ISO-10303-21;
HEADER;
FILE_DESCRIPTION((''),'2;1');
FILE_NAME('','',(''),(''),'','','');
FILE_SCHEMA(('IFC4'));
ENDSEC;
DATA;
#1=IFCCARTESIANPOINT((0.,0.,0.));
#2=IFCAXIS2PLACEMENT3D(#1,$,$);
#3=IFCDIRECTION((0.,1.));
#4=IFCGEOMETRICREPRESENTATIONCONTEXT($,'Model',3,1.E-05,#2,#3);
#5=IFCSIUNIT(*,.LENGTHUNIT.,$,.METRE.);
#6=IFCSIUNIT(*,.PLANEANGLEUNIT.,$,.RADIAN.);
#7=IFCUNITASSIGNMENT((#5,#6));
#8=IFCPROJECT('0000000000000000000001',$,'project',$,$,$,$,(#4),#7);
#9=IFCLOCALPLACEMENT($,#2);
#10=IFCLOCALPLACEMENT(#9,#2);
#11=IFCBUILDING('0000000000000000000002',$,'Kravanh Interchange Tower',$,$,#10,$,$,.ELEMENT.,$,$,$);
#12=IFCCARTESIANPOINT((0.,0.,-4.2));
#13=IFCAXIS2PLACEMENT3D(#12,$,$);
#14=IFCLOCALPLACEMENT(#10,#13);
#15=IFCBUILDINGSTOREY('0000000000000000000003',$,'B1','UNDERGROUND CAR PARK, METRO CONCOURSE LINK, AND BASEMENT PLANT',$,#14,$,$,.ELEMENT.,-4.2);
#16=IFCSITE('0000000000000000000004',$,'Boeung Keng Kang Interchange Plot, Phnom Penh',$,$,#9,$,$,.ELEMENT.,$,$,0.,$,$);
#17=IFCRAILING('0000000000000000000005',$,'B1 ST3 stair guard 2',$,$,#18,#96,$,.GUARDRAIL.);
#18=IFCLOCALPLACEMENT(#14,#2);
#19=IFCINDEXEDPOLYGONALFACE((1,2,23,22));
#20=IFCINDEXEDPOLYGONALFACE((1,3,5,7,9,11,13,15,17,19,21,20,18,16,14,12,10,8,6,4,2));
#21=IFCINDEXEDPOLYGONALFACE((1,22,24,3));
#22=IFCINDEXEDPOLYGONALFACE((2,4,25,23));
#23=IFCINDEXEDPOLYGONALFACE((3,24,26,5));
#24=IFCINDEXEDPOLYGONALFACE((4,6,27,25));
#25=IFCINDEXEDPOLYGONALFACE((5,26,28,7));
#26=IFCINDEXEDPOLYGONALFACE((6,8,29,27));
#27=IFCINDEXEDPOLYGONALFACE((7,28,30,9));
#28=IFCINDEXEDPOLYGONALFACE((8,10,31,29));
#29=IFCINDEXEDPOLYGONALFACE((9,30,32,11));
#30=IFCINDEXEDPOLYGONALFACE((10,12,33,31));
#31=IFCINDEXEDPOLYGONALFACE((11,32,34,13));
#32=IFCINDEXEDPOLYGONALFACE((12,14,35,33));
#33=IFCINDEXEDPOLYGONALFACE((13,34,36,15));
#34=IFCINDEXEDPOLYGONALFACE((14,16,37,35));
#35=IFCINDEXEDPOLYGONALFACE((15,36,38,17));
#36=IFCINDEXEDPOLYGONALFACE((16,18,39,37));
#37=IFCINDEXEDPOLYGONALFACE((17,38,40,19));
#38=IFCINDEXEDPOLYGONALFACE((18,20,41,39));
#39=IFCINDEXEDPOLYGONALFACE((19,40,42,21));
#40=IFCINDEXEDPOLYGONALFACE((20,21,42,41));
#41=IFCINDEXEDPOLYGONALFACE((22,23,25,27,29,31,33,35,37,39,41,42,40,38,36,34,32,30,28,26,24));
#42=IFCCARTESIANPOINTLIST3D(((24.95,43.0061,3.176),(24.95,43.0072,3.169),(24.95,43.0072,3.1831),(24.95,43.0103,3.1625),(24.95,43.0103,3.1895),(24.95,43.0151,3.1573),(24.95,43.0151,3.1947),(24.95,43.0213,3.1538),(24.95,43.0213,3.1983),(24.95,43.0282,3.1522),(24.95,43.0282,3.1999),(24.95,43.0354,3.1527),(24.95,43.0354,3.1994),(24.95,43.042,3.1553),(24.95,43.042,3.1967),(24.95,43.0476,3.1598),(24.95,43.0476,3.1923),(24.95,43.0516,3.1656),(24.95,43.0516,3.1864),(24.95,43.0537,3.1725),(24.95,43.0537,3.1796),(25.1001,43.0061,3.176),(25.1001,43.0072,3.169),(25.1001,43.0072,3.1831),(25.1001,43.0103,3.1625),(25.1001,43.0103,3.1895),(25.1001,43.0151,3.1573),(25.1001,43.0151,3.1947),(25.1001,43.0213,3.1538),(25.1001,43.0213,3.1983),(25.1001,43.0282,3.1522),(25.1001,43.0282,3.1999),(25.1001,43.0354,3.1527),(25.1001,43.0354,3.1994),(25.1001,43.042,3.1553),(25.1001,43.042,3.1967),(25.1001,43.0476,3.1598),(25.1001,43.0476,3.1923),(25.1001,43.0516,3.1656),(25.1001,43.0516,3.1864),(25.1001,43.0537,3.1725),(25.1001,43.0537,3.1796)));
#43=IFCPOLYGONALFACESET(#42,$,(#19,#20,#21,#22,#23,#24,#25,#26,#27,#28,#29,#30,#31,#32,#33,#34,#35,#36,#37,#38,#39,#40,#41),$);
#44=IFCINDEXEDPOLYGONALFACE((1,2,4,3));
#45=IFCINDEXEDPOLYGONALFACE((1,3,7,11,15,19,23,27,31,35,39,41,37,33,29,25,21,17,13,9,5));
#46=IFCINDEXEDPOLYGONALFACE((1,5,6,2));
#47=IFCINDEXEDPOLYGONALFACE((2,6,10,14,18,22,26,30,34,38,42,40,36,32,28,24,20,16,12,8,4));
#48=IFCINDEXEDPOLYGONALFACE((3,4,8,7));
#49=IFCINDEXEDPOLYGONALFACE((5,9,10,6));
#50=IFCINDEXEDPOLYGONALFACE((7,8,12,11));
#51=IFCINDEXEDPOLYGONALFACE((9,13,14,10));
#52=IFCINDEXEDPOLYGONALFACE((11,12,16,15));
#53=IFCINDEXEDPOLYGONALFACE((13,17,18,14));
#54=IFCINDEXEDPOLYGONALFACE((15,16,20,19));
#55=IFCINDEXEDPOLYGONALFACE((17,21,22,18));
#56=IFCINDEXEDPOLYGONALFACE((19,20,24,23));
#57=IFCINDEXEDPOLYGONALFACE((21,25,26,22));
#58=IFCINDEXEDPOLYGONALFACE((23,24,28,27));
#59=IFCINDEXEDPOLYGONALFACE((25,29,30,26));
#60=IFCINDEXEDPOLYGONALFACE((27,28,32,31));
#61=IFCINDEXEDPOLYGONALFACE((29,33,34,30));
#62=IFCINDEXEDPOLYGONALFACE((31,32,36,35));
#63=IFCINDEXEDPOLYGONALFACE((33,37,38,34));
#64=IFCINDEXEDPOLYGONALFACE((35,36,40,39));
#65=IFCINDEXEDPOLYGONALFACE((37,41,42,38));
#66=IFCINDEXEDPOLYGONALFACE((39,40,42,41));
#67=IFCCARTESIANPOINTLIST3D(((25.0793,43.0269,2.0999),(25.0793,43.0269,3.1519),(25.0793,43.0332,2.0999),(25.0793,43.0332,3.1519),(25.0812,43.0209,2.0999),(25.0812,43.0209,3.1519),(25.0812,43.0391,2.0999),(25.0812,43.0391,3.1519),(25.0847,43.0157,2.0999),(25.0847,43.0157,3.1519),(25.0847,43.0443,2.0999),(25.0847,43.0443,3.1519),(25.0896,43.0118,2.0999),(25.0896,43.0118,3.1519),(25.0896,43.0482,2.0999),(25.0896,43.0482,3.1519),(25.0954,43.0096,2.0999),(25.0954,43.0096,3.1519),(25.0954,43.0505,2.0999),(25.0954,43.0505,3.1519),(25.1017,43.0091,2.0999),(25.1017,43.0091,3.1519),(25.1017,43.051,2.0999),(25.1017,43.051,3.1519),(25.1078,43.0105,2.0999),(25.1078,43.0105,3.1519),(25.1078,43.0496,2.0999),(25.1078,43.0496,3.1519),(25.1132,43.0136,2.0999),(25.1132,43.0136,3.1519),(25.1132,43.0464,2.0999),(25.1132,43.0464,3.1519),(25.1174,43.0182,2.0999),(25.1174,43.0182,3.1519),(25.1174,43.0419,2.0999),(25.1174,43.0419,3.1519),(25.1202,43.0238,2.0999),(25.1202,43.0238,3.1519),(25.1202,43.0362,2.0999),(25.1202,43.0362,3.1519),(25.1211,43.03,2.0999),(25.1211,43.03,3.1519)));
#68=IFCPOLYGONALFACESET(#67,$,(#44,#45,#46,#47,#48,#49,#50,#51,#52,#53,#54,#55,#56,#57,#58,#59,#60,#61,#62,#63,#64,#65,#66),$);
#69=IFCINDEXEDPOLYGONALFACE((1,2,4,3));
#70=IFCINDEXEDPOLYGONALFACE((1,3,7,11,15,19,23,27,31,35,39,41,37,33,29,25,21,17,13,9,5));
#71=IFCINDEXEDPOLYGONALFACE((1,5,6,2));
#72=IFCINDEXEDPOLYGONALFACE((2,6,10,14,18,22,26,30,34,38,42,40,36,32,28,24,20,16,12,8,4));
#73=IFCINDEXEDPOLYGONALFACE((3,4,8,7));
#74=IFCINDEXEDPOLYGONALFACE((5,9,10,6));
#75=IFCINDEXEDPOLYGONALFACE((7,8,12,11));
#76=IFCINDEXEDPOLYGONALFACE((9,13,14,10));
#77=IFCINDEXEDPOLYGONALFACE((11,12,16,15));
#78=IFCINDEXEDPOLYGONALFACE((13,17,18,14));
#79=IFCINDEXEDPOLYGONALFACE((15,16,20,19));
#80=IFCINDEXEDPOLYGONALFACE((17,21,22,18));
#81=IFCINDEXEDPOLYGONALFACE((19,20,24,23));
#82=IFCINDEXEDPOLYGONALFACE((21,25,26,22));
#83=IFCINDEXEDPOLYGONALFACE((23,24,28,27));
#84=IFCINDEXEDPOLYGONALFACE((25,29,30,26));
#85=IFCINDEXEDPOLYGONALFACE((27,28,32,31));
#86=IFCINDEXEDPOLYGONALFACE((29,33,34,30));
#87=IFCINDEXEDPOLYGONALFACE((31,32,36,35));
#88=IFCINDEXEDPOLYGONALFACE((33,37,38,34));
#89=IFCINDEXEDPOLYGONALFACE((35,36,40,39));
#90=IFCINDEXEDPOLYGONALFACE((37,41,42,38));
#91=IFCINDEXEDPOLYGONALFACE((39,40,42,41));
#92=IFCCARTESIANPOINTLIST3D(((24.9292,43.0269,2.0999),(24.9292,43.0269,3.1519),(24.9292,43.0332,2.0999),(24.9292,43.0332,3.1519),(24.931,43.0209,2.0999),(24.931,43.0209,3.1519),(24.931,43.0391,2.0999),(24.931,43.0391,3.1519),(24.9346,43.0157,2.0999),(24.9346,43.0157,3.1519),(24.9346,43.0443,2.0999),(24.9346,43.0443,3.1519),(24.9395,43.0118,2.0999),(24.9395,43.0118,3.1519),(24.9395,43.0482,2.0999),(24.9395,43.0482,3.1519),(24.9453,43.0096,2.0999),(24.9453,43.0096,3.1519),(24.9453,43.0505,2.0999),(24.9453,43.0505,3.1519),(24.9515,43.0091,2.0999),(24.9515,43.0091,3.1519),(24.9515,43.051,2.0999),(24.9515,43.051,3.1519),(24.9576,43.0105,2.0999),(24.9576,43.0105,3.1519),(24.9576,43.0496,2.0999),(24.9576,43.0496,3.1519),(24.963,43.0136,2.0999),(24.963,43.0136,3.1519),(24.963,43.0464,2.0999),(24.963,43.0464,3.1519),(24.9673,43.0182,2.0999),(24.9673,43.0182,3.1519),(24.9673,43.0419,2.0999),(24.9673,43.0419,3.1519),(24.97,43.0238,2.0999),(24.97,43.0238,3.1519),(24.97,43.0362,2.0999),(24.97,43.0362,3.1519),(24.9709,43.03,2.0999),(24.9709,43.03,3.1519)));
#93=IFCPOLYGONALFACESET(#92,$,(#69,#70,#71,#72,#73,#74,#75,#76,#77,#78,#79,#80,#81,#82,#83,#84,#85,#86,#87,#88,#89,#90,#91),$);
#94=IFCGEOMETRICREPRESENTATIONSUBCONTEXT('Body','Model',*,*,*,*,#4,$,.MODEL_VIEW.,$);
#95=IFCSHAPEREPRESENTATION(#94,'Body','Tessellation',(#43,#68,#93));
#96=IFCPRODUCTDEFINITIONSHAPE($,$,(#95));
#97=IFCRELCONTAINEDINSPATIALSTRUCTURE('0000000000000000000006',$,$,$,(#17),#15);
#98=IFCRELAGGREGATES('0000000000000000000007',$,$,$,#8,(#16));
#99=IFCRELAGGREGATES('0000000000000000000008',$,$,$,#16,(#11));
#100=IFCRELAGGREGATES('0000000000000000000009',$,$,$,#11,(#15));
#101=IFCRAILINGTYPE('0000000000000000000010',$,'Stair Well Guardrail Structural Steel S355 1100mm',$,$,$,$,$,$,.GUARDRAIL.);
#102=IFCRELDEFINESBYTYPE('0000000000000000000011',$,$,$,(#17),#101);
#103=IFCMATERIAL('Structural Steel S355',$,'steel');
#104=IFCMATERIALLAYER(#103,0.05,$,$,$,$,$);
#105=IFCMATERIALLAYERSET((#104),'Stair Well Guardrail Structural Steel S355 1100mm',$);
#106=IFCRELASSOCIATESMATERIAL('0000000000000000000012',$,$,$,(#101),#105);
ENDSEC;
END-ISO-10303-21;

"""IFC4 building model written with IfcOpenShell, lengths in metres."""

from ifc_helpers import new_model, si_unit, direction, frame, origin, origin_2d, place, context, subcontext, project, spatial, circle, extrude, material, layer, layer_set, type_object, element, save


model = new_model("IFC4")

# Units and contexts
model_context = context("Model", 3, precision=1e-05, world=origin(), true_north=direction((0.0, 1.0)))
body_context = subcontext(model_context, "Body", "Model", "MODEL_VIEW")
ifc_project = project(units=[si_unit("LENGTHUNIT", "METRE"), si_unit("PLANEANGLEUNIT", "RADIAN")], contexts=[model_context])

# Site, building, storey
site_placement = place(None, origin())
site = spatial("IfcSite", under=ifc_project, at=site_placement, Name="Boeung Keng Kang Interchange Plot, Phnom Penh", CompositionType="ELEMENT", RefElevation=0.0)
building_placement = place(site_placement, origin())
building = spatial("IfcBuilding", under=site, at=building_placement, Name="Kravanh Interchange Tower", CompositionType="ELEMENT")
storey_placement = place(building_placement, frame((0.0, 0.0, -4.2)))
storey = spatial("IfcBuildingStorey", under=building, at=storey_placement, Name="B1", Description="UNDERGROUND CAR PARK, METRO CONCOURSE LINK, AND BASEMENT PLANT", CompositionType="ELEMENT", Elevation=-4.2)

# Railing
ifc_material_1 = material(Name="Structural Steel S355", Category="steel")
ifc_layer_1 = layer(ifc_material_1, 0.05)
ifc_layer_set_1 = layer_set([ifc_layer_1], Name="Stair Well Guardrail Structural Steel S355 1100mm")
railing_type_1 = type_object("IfcRailingType", Name="Stair Well Guardrail Structural Steel S355 1100mm", PredefinedType="GUARDRAIL", material=ifc_layer_set_1)
railing_1_placement = place(storey_placement, frame((25.1001, 43.03, 2.0999)))
element("IfcRailing", 1, at=railing_1_placement, inside=storey, type_object=railing_type_1, Name="B1 ST3 stair guard 2", PredefinedType="GUARDRAIL", context=body_context, shape_type="SweptSolid", body=[
    extrude(circle(Radius=0.0239, at=origin_2d()), frame((0.0, 0.0, 1.0762), z_axis=(-1.0, 0.0, 0.0), x_axis=(0.0, -1.0, 0.0)), (0.0, 0.0, 1.0), 0.1501),
    extrude(circle(Radius=0.021, at=origin_2d()), origin(), (0.0, 0.0, 1.0), 1.052),
    extrude(circle(Radius=0.021, at=origin_2d()), frame((-0.1501, 0.0, 0.0)), (0.0, 0.0, 1.0), 1.052),
])

save(model, "model.ifc")
